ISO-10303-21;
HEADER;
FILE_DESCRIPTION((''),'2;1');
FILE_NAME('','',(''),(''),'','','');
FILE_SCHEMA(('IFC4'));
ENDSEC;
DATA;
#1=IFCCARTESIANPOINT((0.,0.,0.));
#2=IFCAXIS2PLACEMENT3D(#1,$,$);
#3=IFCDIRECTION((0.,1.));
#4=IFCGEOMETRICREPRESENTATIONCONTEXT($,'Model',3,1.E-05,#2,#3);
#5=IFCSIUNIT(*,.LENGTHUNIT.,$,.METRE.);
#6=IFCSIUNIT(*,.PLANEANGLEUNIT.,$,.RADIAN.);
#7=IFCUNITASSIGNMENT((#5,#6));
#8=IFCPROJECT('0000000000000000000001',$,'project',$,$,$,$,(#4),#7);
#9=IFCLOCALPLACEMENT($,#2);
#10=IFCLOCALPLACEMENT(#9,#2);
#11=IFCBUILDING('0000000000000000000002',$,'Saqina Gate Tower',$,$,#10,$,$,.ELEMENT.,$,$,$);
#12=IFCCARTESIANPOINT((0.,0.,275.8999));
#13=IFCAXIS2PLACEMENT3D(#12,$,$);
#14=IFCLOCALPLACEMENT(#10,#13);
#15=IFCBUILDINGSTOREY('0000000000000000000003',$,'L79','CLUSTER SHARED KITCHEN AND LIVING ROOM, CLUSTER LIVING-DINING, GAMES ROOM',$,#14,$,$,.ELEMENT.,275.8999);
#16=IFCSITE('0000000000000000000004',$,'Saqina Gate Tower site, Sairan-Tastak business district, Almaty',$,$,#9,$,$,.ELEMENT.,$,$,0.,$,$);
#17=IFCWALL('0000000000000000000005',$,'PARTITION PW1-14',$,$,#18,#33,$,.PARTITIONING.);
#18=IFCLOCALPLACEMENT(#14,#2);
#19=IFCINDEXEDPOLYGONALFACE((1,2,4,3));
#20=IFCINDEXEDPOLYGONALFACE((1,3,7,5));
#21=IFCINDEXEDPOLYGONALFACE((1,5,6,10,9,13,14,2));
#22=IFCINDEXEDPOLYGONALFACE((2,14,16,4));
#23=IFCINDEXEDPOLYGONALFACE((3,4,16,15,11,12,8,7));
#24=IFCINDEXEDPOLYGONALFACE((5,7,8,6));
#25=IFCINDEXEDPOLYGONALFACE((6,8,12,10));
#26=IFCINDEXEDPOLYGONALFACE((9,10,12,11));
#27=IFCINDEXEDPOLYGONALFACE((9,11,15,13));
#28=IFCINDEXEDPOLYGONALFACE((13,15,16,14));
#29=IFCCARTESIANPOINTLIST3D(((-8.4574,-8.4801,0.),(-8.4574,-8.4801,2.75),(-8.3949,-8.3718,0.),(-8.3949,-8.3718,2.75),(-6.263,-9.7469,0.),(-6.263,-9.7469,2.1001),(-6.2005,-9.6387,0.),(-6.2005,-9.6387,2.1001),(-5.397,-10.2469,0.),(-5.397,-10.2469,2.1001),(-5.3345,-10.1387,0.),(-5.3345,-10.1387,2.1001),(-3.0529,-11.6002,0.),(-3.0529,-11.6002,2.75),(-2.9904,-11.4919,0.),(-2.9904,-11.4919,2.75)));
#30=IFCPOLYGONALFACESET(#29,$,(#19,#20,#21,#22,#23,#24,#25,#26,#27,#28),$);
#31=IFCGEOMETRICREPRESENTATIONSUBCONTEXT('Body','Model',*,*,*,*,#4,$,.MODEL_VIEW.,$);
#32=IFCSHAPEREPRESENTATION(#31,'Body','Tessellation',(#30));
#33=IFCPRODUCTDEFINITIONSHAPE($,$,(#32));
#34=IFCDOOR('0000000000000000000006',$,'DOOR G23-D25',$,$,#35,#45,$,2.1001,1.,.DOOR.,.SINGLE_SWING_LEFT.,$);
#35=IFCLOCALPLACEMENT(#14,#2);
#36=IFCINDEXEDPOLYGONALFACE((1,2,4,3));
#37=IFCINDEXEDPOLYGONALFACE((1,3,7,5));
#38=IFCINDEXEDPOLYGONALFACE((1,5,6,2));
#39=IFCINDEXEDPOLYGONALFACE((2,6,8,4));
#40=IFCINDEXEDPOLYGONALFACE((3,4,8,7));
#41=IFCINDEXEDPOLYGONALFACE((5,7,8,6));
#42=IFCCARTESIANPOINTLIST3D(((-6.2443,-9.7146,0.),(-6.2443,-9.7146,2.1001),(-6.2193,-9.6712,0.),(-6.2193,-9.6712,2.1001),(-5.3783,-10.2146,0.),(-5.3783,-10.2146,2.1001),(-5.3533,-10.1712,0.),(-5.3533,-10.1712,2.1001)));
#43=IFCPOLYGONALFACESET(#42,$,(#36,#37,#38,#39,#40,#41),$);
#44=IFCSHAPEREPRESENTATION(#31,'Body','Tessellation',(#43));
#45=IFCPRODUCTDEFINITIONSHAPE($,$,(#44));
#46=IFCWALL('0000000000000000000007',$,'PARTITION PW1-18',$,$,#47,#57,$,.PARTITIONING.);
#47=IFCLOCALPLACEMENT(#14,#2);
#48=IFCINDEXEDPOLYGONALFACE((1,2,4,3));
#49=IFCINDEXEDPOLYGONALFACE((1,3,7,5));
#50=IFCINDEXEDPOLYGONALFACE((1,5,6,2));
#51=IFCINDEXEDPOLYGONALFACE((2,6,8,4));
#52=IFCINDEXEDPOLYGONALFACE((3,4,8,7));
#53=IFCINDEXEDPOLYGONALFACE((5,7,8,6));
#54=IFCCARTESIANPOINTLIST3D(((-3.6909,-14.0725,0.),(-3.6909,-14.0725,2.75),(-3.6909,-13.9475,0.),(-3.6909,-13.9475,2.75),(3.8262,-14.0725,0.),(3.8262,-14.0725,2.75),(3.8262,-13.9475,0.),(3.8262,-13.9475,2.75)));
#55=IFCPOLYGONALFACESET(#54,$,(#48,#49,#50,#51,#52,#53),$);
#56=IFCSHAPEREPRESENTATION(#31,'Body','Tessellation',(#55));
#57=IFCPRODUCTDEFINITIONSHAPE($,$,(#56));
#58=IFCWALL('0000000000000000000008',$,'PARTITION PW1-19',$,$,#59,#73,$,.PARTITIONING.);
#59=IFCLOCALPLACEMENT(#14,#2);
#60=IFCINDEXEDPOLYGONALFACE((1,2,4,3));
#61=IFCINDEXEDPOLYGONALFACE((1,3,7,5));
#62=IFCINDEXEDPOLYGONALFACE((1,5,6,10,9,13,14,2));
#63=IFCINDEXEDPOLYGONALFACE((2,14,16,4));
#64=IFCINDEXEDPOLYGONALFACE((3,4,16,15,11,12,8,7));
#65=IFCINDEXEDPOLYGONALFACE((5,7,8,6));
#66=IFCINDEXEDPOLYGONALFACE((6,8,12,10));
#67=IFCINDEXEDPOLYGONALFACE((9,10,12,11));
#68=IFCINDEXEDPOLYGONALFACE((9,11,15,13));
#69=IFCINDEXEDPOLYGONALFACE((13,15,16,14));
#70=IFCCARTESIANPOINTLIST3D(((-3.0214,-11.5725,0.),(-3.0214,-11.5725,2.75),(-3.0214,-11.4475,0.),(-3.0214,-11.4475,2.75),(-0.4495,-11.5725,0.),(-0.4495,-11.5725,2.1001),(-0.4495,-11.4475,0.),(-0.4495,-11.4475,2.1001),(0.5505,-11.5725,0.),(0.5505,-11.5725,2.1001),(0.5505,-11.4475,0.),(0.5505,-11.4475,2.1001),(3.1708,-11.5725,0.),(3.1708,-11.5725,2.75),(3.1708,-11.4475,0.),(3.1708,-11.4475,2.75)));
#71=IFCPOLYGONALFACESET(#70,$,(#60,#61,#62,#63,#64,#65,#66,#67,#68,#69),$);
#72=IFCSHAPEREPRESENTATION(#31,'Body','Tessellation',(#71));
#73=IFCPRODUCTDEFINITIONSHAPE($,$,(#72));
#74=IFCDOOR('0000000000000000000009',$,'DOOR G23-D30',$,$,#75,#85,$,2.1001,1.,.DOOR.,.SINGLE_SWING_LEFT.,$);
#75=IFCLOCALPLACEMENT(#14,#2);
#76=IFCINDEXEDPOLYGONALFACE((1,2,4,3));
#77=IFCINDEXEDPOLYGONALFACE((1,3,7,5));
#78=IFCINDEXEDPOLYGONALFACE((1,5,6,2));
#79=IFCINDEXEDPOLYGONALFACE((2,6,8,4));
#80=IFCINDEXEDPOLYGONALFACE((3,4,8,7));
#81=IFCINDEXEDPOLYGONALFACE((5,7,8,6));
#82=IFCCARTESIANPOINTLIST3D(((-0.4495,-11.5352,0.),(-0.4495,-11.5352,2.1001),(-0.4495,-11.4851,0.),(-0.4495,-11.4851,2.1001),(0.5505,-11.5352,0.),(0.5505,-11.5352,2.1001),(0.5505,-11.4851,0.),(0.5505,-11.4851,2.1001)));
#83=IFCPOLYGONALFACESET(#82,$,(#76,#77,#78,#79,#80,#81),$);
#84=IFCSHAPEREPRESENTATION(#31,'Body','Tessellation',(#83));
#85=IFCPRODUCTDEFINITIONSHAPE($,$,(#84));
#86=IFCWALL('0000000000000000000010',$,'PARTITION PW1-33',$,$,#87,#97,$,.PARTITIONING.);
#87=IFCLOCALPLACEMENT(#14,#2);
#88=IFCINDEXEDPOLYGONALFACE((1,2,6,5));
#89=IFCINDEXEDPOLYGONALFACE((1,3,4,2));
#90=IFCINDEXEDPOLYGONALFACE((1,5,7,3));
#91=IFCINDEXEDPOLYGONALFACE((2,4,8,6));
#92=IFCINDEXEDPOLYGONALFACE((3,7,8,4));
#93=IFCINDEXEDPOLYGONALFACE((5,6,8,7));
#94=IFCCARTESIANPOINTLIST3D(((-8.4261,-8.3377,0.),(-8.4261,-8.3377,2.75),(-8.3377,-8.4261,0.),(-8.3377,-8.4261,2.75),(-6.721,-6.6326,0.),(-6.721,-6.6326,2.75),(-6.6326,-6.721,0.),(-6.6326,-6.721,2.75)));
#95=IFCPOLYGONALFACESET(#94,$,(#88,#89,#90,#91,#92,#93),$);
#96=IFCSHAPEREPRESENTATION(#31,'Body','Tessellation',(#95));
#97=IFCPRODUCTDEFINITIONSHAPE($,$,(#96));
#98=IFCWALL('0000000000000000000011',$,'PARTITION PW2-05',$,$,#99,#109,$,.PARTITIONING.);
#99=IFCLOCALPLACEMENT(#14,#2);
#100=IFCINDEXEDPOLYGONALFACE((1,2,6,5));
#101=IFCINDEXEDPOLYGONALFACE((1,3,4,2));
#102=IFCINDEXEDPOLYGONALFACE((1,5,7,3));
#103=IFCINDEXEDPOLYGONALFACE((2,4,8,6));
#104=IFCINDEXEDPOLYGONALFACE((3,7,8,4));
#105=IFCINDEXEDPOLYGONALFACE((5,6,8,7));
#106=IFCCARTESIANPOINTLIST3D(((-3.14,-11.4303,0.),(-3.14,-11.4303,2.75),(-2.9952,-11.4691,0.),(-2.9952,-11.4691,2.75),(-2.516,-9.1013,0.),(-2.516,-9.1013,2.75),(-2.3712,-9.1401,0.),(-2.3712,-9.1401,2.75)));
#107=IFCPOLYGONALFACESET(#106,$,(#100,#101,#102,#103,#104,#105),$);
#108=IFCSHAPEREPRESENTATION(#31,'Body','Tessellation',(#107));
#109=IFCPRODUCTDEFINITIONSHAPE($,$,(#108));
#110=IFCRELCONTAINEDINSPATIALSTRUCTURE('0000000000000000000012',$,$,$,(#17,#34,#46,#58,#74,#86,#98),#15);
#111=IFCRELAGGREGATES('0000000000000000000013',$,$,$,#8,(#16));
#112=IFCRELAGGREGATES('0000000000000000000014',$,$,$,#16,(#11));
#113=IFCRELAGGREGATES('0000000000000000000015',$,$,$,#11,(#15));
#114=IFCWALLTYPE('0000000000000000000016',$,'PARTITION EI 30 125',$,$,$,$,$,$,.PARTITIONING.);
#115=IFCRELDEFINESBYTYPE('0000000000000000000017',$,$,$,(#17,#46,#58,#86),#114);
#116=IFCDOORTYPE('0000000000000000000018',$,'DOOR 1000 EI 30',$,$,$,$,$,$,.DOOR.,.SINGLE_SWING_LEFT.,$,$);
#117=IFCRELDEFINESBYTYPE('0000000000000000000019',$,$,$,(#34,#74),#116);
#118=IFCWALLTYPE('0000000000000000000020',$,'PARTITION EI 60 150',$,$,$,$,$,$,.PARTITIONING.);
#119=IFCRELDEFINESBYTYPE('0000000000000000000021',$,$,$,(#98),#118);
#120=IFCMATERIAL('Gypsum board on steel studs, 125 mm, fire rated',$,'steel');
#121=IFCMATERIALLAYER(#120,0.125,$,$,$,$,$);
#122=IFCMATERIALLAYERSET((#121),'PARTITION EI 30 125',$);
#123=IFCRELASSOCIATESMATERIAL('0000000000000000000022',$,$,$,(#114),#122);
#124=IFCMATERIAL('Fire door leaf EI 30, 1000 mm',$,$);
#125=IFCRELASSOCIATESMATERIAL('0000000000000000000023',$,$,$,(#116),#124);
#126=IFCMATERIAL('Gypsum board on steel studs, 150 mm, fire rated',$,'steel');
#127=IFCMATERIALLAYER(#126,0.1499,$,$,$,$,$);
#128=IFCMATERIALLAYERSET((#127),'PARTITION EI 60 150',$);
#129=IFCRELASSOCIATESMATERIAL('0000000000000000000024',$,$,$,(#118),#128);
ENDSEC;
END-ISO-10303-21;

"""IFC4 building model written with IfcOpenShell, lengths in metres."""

from ifc_helpers import new_model, si_unit, direction, frame, frame_2d, origin, place, context, subcontext, project, spatial, rectangle, extrude, material, layer, layer_set, type_object, element, fill, save


model = new_model("IFC4")

# Units and contexts
model_context = context("Model", 3, precision=1e-05, world=origin(), true_north=direction((0.0, 1.0)))
body_context = subcontext(model_context, "Body", "Model", "MODEL_VIEW")
ifc_project = project(units=[si_unit("LENGTHUNIT", "METRE"), si_unit("PLANEANGLEUNIT", "RADIAN")], contexts=[model_context])

# Site, building, storey
site_placement = place(None, origin())
site = spatial("IfcSite", under=ifc_project, at=site_placement, Name="Saqina Gate Tower site, Sairan-Tastak business district, Almaty", CompositionType="ELEMENT", RefElevation=0.0)
building_placement = place(site_placement, origin())
building = spatial("IfcBuilding", under=site, at=building_placement, Name="Saqina Gate Tower", CompositionType="ELEMENT")
storey_placement = place(building_placement, frame((0.0, 0.0, 275.8999)))
storey = spatial("IfcBuildingStorey", under=building, at=storey_placement, Name="L79", Description="CLUSTER SHARED KITCHEN AND LIVING ROOM, CLUSTER LIVING-DINING, GAMES ROOM", CompositionType="ELEMENT", Elevation=275.8999)

# Shared definitions
ifc_material_1 = material(Name="Gypsum board on steel studs, 125 mm, fire rated", Category="steel")
ifc_layer_1 = layer(ifc_material_1, 0.125)
ifc_layer_set_1 = layer_set([ifc_layer_1], Name="PARTITION EI 30 125")
wall_type_1 = type_object("IfcWallType", Name="PARTITION EI 30 125", PredefinedType="PARTITIONING", material=ifc_layer_set_1)

# Wall, opening, door
ifc_material_2 = material(Name="Fire door leaf EI 30, 1000 mm")
door_type_1 = type_object("IfcDoorType", Name="DOOR 1000 EI 30", OperationType="SINGLE_SWING_LEFT", PredefinedType="DOOR", material=ifc_material_2)
wall_1_placement = place(storey_placement, frame((-8.426, -8.426, 0.0), z_axis=(0.0, 0.0, 1.0), x_axis=(0.866039, -0.499976, 0.0)))
wall_1 = element("IfcWall", 1, at=wall_1_placement, inside=storey, type_object=wall_type_1, Name="PARTITION PW1-14", PredefinedType="PARTITIONING", context=body_context, shape_type="SweptSolid", body=[
    extrude(rectangle(XDim=6.2405, YDim=0.125, at=frame_2d((3.1201, 0.0))), origin(), (0.0, 0.0, 1.0), 2.75),
])
opening_1_placement = place(wall_1_placement, frame((2.5337, 0.0, 0.0)))
opening_1 = element("IfcOpeningElement", 2, at=opening_1_placement, cuts=wall_1, PredefinedType="OPENING", context=body_context, shape_type="SweptSolid", body=[
    extrude(rectangle(XDim=1.0, YDim=2.1001, at=frame_2d((0.5, 1.05))), frame((0.0, 0.0745, 0.0), z_axis=(0.0, -1.0, 0.0), x_axis=(1.0, 0.0, 0.0)), (0.0, 0.0, 1.0), 0.1489),
])
door_1_placement = place(opening_1_placement, origin())
door_1 = element("IfcDoor", 3, at=door_1_placement, inside=storey, type_object=door_type_1, Name="DOOR G23-D25", OperationType="SINGLE_SWING_LEFT", OverallHeight=2.1001, OverallWidth=1.0, PredefinedType="DOOR", context=body_context, shape_type="SweptSolid", body=[
    extrude(rectangle(XDim=1.0, YDim=2.1001, at=frame_2d((0.5, 1.05))), frame((0.0, 0.0249, 0.0), z_axis=(0.0, -1.0, 0.0), x_axis=(1.0, 0.0, 0.0)), (0.0, 0.0, 1.0), 0.05),
])
fill(opening_1, door_1)

# Wall
wall_2_placement = place(storey_placement, frame((-3.6909, -14.01, 0.0), z_axis=(0.0, 0.0, 1.0), x_axis=(1.0, 0.0, 0.0)))
element("IfcWall", 4, at=wall_2_placement, inside=storey, type_object=wall_type_1, Name="PARTITION PW1-18", PredefinedType="PARTITIONING", context=body_context, shape_type="SweptSolid", body=[
    extrude(rectangle(XDim=7.5171, YDim=0.125, at=frame_2d((3.7585, 0.0))), origin(), (0.0, 0.0, 1.0), 2.75),
])

# Wall, opening, door
wall_3_placement = place(storey_placement, frame((-3.0215, -11.51, 0.0), z_axis=(0.0, 0.0, 1.0), x_axis=(1.0, 0.0, 0.0)))
wall_3 = element("IfcWall", 5, at=wall_3_placement, inside=storey, type_object=wall_type_1, Name="PARTITION PW1-19", PredefinedType="PARTITIONING", context=body_context, shape_type="SweptSolid", body=[
    extrude(rectangle(XDim=6.1921, YDim=0.125, at=frame_2d((3.0962, 0.0))), origin(), (0.0, 0.0, 1.0), 2.75),
])
opening_2_placement = place(wall_3_placement, frame((2.572, 0.0, 0.0)))
opening_2 = element("IfcOpeningElement", 6, at=opening_2_placement, cuts=wall_3, PredefinedType="OPENING", context=body_context, shape_type="SweptSolid", body=[
    extrude(rectangle(XDim=1.0, YDim=2.1001, at=frame_2d((0.5, 1.05))), frame((0.0, 0.0745, 0.0), z_axis=(0.0, -1.0, 0.0), x_axis=(1.0, 0.0, 0.0)), (0.0, 0.0, 1.0), 0.1489),
])
door_2_placement = place(opening_2_placement, origin())
door_2 = element("IfcDoor", 7, at=door_2_placement, inside=storey, type_object=door_type_1, Name="DOOR G23-D30", OperationType="SINGLE_SWING_LEFT", OverallHeight=2.1001, OverallWidth=1.0, PredefinedType="DOOR", context=body_context, shape_type="SweptSolid", body=[
    extrude(rectangle(XDim=1.0, YDim=2.1001, at=frame_2d((0.5, 1.05))), frame((0.0, 0.0249, 0.0), z_axis=(0.0, -1.0, 0.0), x_axis=(1.0, 0.0, 0.0)), (0.0, 0.0, 1.0), 0.05),
])
fill(opening_2, door_2)

# Walls
wall_4_placement = place(storey_placement, frame((-8.3818, -8.3818, 0.0), z_axis=(0.0, 0.0, 1.0), x_axis=(0.707107, 0.707107, 0.0)))
element("IfcWall", 8, at=wall_4_placement, inside=storey, type_object=wall_type_1, Name="PARTITION PW1-33", PredefinedType="PARTITIONING", context=body_context, shape_type="SweptSolid", body=[
    extrude(rectangle(XDim=2.4114, YDim=0.125, at=frame_2d((1.2056, 0.0))), origin(), (0.0, 0.0, 1.0), 2.75),
])
ifc_material_3 = material(Name="Gypsum board on steel studs, 150 mm, fire rated", Category="steel")
ifc_layer_2 = layer(ifc_material_3, 0.1499)
ifc_layer_set_2 = layer_set([ifc_layer_2], Name="PARTITION EI 60 150")
wall_type_2 = type_object("IfcWallType", Name="PARTITION EI 60 150", PredefinedType="PARTITIONING", material=ifc_layer_set_2)
wall_5_placement = place(storey_placement, frame((-3.0676, -11.4497, 0.0), z_axis=(0.0, 0.0, 1.0), x_axis=(0.258797, 0.965932, 0.0)))
element("IfcWall", 9, at=wall_5_placement, inside=storey, type_object=wall_type_2, Name="PARTITION PW2-05", PredefinedType="PARTITIONING", context=body_context, shape_type="SweptSolid", body=[
    extrude(rectangle(XDim=2.4111, YDim=0.1499, at=frame_2d((1.2056, 0.0))), origin(), (0.0, 0.0, 1.0), 2.75),
])

save(model, "model.ifc")
